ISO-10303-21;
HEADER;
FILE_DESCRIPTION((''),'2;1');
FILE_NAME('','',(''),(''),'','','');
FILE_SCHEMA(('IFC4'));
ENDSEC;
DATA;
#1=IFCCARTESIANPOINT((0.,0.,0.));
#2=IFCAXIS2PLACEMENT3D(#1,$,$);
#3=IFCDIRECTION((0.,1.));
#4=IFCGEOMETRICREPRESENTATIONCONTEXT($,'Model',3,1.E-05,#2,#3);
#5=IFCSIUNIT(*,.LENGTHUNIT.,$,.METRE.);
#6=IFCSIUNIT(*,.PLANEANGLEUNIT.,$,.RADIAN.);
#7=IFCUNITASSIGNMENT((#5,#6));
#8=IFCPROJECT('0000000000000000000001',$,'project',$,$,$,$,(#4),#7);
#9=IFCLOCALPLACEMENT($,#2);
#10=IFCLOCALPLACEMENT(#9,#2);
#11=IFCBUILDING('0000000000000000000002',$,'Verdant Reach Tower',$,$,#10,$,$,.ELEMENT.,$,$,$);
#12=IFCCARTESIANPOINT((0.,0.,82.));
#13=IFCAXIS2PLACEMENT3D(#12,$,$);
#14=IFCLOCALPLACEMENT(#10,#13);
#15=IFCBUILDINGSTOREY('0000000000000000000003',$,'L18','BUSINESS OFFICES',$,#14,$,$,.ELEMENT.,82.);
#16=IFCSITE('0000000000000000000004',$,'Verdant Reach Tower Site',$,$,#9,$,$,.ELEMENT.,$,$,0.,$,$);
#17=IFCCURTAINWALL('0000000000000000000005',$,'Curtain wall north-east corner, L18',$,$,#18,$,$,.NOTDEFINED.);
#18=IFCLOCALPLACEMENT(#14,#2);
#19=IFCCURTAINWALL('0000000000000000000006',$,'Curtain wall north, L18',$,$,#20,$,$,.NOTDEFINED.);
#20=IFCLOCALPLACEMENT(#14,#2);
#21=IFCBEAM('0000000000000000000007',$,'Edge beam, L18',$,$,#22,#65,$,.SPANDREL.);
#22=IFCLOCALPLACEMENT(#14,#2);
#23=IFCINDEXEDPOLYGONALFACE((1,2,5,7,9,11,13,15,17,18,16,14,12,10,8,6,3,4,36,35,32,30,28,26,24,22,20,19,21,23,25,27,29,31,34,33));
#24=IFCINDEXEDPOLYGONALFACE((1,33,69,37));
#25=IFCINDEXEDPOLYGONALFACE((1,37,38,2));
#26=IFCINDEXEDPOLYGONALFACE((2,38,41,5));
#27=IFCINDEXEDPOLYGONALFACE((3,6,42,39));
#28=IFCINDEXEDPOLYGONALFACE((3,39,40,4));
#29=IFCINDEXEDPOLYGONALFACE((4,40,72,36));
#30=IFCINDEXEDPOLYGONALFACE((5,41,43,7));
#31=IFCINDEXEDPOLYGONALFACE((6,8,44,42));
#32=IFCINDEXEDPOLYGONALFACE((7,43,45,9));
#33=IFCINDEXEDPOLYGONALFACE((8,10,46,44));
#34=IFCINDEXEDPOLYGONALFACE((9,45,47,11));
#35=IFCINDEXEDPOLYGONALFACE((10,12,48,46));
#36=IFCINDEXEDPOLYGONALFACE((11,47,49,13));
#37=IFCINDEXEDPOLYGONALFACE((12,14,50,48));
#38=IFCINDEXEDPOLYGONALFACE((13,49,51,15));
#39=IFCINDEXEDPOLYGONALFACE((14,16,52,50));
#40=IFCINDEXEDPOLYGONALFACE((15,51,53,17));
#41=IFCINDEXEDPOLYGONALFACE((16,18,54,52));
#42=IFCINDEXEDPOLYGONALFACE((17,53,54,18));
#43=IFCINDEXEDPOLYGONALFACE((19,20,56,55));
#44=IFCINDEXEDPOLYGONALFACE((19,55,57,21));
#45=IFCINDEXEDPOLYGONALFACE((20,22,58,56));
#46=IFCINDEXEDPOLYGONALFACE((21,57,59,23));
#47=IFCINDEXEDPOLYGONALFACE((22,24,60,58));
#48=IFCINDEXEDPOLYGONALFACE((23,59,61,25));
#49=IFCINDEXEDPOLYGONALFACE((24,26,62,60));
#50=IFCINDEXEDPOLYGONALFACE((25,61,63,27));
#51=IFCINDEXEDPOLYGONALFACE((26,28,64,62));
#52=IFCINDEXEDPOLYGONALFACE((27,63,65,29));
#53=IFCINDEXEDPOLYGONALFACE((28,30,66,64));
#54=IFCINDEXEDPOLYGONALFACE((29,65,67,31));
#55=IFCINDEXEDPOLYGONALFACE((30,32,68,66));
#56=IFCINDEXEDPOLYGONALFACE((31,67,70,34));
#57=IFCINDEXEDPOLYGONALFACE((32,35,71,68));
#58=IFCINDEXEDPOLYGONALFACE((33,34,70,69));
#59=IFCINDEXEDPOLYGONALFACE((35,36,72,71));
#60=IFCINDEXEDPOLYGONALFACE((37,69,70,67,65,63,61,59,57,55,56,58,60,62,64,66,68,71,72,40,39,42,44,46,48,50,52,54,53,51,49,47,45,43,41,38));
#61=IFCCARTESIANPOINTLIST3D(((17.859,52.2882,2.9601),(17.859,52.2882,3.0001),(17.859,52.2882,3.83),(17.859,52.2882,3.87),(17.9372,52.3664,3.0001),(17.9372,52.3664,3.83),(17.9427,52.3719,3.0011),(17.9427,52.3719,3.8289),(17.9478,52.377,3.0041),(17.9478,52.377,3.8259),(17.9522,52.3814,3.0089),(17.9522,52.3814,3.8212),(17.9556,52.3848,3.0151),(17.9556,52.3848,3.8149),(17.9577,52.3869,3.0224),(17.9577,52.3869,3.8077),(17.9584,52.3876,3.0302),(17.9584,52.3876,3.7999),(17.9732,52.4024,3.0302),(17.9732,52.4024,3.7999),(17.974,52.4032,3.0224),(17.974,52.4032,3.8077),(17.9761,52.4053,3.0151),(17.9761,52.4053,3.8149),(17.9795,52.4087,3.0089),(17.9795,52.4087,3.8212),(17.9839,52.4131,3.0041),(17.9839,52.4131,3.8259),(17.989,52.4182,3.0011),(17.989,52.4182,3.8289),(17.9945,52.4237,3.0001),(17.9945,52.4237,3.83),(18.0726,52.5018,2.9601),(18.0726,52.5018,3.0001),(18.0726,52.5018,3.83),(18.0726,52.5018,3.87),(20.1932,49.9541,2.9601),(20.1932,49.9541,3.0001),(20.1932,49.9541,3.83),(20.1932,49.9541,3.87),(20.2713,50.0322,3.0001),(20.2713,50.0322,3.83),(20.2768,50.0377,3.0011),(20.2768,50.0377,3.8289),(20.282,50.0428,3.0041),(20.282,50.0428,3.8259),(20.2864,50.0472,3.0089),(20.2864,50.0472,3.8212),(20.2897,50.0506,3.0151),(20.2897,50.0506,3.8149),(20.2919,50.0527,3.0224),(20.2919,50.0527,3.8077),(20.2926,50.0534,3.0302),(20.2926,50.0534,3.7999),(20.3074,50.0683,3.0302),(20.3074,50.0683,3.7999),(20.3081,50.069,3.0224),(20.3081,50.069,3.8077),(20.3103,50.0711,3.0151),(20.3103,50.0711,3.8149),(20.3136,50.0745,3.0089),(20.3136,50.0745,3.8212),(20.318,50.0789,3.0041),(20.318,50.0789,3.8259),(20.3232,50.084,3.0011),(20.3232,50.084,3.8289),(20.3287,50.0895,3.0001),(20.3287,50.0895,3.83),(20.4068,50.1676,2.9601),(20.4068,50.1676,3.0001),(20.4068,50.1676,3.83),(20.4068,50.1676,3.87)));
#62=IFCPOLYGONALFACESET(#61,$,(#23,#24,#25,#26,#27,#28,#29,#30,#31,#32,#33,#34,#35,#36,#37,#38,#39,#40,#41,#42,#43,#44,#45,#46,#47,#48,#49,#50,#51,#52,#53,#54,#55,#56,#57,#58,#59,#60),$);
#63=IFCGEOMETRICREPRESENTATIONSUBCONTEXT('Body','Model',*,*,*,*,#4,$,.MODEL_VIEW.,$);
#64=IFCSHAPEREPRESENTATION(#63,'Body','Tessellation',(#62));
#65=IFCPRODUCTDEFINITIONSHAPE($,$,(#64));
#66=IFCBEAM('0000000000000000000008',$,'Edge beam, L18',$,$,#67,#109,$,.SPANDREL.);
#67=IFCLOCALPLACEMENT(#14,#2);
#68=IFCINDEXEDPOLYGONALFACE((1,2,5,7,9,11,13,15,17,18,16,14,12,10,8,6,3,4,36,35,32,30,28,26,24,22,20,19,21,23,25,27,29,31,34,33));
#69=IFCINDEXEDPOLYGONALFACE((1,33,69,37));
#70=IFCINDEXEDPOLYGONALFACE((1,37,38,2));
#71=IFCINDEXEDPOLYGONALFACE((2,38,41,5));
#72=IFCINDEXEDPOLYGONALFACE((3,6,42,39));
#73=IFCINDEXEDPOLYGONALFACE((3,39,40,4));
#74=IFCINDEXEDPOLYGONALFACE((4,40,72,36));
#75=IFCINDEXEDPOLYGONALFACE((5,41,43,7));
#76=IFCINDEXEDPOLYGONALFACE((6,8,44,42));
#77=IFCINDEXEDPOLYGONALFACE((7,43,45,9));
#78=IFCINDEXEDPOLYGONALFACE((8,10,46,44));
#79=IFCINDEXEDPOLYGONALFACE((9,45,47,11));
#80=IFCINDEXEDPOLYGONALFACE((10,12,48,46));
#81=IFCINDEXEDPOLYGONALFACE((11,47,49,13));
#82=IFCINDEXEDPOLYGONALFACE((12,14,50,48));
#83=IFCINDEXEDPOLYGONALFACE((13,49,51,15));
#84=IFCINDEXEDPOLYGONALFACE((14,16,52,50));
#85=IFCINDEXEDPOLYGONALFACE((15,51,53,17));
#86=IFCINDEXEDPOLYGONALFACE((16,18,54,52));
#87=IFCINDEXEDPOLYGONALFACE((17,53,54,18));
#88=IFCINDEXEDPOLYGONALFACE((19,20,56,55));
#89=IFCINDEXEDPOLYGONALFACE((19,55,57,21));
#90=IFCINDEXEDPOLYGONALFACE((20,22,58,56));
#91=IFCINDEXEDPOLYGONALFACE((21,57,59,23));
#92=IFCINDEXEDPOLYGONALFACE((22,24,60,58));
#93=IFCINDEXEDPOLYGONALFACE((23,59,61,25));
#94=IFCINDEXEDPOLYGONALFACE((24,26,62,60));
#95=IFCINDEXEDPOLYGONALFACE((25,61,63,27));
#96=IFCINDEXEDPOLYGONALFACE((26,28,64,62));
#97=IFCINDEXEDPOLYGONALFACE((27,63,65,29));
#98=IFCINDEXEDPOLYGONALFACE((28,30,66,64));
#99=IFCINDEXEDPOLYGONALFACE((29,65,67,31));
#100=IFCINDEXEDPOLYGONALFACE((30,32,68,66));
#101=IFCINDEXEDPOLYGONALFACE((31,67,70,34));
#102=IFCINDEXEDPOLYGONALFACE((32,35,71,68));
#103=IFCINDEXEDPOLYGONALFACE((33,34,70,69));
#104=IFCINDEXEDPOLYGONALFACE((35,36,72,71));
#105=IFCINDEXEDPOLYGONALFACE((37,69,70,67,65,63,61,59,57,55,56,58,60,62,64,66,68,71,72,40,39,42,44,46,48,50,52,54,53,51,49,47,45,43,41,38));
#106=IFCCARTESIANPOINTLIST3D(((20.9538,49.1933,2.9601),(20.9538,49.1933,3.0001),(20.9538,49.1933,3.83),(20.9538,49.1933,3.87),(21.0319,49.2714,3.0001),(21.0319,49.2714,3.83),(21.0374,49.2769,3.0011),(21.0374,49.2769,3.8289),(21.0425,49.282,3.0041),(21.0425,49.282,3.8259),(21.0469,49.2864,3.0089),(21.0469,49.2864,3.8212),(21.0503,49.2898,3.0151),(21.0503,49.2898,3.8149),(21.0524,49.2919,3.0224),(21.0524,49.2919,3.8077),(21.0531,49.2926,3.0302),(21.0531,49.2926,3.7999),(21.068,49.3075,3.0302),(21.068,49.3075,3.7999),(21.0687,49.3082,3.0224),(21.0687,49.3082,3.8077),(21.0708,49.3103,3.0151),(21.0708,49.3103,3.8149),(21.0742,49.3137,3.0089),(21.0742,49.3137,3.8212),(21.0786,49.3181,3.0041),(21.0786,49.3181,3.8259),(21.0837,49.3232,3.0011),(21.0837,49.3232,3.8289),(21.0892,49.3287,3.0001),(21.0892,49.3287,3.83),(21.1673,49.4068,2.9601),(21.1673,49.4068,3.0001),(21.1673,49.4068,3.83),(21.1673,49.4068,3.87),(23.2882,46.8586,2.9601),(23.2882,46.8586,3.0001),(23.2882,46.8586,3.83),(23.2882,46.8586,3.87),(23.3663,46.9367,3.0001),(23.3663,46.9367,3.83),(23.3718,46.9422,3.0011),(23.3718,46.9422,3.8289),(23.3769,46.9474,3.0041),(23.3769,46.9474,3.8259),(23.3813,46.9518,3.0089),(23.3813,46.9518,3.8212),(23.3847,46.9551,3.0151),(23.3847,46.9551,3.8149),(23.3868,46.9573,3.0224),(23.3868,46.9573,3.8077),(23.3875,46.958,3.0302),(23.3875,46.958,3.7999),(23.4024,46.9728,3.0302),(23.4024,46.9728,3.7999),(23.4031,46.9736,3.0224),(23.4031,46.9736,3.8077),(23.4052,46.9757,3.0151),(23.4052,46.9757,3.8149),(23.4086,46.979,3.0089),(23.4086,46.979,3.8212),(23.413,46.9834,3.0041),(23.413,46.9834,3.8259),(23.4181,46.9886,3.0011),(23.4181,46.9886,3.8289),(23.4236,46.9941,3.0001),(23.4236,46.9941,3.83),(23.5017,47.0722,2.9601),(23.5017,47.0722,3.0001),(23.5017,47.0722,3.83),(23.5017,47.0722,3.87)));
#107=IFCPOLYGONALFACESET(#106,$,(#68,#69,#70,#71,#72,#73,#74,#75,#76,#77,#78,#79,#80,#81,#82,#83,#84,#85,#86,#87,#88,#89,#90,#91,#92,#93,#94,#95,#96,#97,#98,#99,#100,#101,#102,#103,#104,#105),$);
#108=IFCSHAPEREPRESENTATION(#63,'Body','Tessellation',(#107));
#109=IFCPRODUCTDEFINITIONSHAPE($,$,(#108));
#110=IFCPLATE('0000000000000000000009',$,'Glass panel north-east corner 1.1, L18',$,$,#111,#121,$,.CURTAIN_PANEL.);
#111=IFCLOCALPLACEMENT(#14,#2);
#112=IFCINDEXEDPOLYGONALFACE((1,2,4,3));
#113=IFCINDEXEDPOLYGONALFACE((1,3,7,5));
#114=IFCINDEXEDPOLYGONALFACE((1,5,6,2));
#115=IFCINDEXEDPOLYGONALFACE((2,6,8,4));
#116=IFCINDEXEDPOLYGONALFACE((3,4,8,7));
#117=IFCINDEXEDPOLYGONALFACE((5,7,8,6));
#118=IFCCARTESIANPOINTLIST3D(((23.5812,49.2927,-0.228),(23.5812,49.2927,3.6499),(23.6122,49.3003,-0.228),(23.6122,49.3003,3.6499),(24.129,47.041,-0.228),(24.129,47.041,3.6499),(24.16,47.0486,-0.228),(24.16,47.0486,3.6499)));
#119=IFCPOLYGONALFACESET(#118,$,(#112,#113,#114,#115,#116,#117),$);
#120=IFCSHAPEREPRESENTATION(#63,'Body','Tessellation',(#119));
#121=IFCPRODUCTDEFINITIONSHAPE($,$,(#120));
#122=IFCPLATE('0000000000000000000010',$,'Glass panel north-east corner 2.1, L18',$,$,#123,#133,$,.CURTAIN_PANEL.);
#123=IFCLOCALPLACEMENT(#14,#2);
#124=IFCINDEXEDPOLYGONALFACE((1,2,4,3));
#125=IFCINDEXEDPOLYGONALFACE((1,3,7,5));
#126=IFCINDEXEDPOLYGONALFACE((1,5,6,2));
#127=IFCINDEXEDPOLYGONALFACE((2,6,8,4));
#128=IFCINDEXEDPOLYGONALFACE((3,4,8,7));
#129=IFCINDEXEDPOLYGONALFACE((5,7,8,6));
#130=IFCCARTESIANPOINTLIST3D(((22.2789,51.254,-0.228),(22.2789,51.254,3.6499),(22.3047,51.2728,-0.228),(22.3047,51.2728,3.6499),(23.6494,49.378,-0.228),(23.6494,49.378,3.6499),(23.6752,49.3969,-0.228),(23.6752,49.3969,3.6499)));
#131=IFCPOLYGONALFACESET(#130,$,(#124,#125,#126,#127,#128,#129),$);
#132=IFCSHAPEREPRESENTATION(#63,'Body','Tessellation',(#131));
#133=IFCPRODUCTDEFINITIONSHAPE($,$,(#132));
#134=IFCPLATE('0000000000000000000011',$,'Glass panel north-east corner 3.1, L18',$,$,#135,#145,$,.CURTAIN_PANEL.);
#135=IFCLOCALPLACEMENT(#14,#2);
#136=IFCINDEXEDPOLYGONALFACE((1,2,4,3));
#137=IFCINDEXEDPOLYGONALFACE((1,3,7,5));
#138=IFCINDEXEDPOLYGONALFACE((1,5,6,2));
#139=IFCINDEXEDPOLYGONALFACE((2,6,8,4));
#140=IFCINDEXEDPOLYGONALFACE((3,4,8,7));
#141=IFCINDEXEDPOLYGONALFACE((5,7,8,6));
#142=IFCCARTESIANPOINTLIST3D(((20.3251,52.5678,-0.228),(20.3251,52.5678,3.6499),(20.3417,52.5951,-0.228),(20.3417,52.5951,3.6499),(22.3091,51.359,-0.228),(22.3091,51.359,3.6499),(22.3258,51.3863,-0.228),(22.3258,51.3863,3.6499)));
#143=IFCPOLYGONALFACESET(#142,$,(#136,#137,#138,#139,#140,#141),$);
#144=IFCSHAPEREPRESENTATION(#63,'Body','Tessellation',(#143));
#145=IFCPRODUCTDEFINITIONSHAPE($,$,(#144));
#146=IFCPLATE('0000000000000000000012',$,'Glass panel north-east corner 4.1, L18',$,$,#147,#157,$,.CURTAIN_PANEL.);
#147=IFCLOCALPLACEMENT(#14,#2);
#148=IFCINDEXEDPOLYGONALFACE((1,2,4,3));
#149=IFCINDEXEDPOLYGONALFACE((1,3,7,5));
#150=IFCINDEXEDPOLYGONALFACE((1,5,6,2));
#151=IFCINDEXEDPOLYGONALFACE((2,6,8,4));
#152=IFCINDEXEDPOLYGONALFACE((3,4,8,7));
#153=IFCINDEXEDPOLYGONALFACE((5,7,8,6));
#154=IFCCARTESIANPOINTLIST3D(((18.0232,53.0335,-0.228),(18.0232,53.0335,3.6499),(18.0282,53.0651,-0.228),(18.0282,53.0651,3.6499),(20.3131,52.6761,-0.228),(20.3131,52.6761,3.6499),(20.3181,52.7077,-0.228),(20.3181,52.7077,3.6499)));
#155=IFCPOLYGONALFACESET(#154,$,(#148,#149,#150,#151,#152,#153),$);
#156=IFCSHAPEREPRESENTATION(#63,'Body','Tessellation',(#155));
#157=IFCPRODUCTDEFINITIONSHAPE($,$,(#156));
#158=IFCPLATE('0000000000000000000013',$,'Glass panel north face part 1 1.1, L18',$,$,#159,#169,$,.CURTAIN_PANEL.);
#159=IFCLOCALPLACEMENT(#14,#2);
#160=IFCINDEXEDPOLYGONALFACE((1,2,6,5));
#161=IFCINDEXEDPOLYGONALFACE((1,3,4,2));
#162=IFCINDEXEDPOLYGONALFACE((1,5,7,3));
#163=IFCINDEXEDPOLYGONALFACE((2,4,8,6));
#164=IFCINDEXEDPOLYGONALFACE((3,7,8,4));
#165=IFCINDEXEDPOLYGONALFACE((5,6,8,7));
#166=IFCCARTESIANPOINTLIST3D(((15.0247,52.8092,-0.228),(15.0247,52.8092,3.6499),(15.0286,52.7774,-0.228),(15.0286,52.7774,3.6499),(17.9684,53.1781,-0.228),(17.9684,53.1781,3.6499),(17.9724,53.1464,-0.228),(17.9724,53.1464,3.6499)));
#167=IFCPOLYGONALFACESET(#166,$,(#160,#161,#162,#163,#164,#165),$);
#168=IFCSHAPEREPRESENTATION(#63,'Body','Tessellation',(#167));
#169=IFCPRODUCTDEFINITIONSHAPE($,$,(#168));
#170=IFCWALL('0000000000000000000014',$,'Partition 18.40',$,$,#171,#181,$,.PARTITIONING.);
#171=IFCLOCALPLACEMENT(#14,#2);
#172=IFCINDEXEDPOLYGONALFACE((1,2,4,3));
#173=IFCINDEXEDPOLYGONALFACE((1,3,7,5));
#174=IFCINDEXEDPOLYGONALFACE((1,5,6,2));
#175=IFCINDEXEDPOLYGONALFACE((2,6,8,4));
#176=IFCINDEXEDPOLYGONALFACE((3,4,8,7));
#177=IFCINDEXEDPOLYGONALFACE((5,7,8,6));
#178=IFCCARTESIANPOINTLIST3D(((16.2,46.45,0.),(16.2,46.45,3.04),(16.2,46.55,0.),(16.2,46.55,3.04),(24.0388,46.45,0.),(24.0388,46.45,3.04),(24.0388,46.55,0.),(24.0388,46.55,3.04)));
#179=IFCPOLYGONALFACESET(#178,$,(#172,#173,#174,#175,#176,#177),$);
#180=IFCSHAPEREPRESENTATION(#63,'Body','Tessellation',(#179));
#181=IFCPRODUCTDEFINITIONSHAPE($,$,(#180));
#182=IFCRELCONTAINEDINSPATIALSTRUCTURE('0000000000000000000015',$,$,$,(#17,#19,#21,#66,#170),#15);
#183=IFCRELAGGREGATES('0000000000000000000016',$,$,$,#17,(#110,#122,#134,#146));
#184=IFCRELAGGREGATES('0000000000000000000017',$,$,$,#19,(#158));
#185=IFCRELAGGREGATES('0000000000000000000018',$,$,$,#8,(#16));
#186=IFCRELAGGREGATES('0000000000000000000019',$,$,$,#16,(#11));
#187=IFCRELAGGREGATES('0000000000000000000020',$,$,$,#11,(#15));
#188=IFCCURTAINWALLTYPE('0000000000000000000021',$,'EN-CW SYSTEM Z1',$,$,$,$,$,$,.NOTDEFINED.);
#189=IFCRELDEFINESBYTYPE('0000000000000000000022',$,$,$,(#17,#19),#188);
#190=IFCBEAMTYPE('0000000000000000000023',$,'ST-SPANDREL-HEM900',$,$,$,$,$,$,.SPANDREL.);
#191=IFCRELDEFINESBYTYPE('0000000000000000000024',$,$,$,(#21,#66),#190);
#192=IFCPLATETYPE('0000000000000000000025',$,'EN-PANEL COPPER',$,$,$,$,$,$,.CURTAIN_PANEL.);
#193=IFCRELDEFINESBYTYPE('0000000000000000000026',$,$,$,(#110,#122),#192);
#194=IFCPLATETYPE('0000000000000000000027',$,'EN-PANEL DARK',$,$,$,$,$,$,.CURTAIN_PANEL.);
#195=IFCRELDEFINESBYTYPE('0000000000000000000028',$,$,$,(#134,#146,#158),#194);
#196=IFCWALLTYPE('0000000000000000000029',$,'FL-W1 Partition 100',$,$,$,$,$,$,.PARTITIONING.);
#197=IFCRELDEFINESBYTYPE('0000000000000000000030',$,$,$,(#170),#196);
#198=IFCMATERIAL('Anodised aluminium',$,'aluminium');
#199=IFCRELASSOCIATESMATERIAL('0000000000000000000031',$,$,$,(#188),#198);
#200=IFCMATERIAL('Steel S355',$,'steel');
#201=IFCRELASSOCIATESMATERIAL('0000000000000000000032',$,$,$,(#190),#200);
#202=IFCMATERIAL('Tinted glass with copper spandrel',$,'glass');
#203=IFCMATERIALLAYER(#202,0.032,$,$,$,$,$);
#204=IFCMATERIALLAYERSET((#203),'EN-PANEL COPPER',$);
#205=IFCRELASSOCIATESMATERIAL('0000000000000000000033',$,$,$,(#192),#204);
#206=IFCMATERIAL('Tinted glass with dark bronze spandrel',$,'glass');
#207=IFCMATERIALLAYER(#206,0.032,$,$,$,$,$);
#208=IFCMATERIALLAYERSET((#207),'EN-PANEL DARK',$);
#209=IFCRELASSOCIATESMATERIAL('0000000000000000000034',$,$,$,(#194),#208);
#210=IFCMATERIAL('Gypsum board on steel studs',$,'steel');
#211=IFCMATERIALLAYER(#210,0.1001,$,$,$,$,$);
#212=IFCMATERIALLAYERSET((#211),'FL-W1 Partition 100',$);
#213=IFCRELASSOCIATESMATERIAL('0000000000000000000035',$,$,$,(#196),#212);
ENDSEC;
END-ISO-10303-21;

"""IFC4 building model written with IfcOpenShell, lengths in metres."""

from ifc_helpers import new_model, si_unit, direction, frame, frame_2d, origin, origin_2d, place, context, subcontext, project, spatial, rectangle, i_section, extrude, material, layer, layer_set, material_profile, profile_set, type_object, element, aggregate, save


model = new_model("IFC4")

# Units and contexts
model_context = context("Model", 3, precision=1e-05, world=origin(), true_north=direction((0.0, 1.0)))
body_context = subcontext(model_context, "Body", "Model", "MODEL_VIEW")
ifc_project = project(units=[si_unit("LENGTHUNIT", "METRE"), si_unit("PLANEANGLEUNIT", "RADIAN")], contexts=[model_context])

# Site, building, storey
site_placement = place(None, origin())
site = spatial("IfcSite", under=ifc_project, at=site_placement, Name="Verdant Reach Tower Site", CompositionType="ELEMENT", RefElevation=0.0)
building_placement = place(site_placement, origin())
building = spatial("IfcBuilding", under=site, at=building_placement, Name="Verdant Reach Tower", CompositionType="ELEMENT")
storey_placement = place(building_placement, frame((0.0, 0.0, 82.0)))
storey = spatial("IfcBuildingStorey", under=building, at=storey_placement, Name="L18", Description="BUSINESS OFFICES", CompositionType="ELEMENT", Elevation=82.0)

# Curtain walls
ifc_material_1 = material(Name="Anodised aluminium", Category="aluminium")
curtain_wall_type = type_object("IfcCurtainWallType", Name="EN-CW SYSTEM Z1", PredefinedType="NOTDEFINED", material=ifc_material_1)
curtain_wall_1_placement = place(storey_placement, origin())
curtain_wall_1 = element("IfcCurtainWall", 1, at=curtain_wall_1_placement, inside=storey, type_object=curtain_wall_type, Name="Curtain wall north-east corner, L18", PredefinedType="NOTDEFINED")
curtain_wall_2_placement = place(storey_placement, origin())
curtain_wall_2 = element("IfcCurtainWall", 2, at=curtain_wall_2_placement, inside=storey, type_object=curtain_wall_type, Name="Curtain wall north, L18", PredefinedType="NOTDEFINED")

# Beams
ifc_material_2 = material(Name="Steel S355", Category="steel")
ifc_material_profile_1 = material_profile(ifc_material_2, i_section(OverallWidth=0.302, OverallDepth=0.9099, WebThickness=0.021, FlangeThickness=0.04, FilletRadius=0.03, at=origin_2d()), Name="HEM 900")
ifc_profile_set_1 = profile_set([ifc_material_profile_1], Name="Steel S355")
beam_type_1 = type_object("IfcBeamType", Name="ST-SPANDREL-HEM900", PredefinedType="SPANDREL", material=ifc_profile_set_1)
beam_1_placement = place(storey_placement, frame((17.9658, 52.395, 3.415), z_axis=(0.707107, -0.707107, 0.0), x_axis=(0.707107, 0.707107, 0.0)))
element("IfcBeam", 3, at=beam_1_placement, inside=storey, type_object=beam_type_1, Name="Edge beam, L18", PredefinedType="SPANDREL", context=body_context, shape_type="SweptSolid", body=[
    extrude(i_section(OverallWidth=0.302, OverallDepth=0.9099, WebThickness=0.021, FlangeThickness=0.04, FilletRadius=0.03, at=origin_2d()), origin(), (0.0, 0.0, 1.0), 3.301),
])
beam_2_placement = place(storey_placement, frame((21.0605, 49.3, 3.415), z_axis=(0.70707, -0.707144, 0.0), x_axis=(0.707144, 0.70707, 0.0)))
element("IfcBeam", 4, at=beam_2_placement, inside=storey, type_object=beam_type_1, Name="Edge beam, L18", PredefinedType="SPANDREL", context=body_context, shape_type="SweptSolid", body=[
    extrude(i_section(OverallWidth=0.302, OverallDepth=0.9099, WebThickness=0.021, FlangeThickness=0.04, FilletRadius=0.03, at=origin_2d()), origin(), (0.0, 0.0, 1.0), 3.3015),
])

# Plates
ifc_material_3 = material(Name="Tinted glass with copper spandrel", Category="glass")
ifc_layer_1 = layer(ifc_material_3, 0.032)
ifc_layer_set_1 = layer_set([ifc_layer_1], Name="EN-PANEL COPPER")
plate_type_1 = type_object("IfcPlateType", Name="EN-PANEL COPPER", PredefinedType="CURTAIN_PANEL", material=ifc_layer_set_1)
plate_1_placement = place(storey_placement, frame((23.8706, 48.1707, -0.228), z_axis=(0.0, 0.0, 1.0), x_axis=(-0.236383, 0.97166, 0.0)))
plate_1 = element("IfcPlate", 5, at=plate_1_placement, type_object=plate_type_1, Name="Glass panel north-east corner 1.1, L18", PredefinedType="CURTAIN_PANEL", context=body_context, shape_type="SweptSolid", body=[
    extrude(rectangle(XDim=2.3174, YDim=0.032, at=origin_2d()), origin(), (0.0, 0.0, 1.0), 3.8779),
])
plate_2_placement = place(storey_placement, frame((22.9771, 50.3254, -0.228), z_axis=(0.0, 0.0, 1.0), x_axis=(-0.589927, 0.807457, 0.0)))
plate_2 = element("IfcPlate", 6, at=plate_2_placement, type_object=plate_type_1, Name="Glass panel north-east corner 2.1, L18", PredefinedType="CURTAIN_PANEL", context=body_context, shape_type="SweptSolid", body=[
    extrude(rectangle(XDim=2.3232, YDim=0.032, at=origin_2d()), origin(), (0.0, 0.0, 1.0), 3.8779),
])
ifc_material_4 = material(Name="Tinted glass with dark bronze spandrel", Category="glass")
ifc_layer_2 = layer(ifc_material_4, 0.032)
ifc_layer_set_2 = layer_set([ifc_layer_2], Name="EN-PANEL DARK")
plate_type_2 = type_object("IfcPlateType", Name="EN-PANEL DARK", PredefinedType="CURTAIN_PANEL", material=ifc_layer_set_2)
plate_3_placement = place(storey_placement, frame((21.3254, 51.9771, -0.228), z_axis=(0.0, 0.0, 1.0), x_axis=(-0.853989, 0.520292, 0.0)))
plate_3 = element("IfcPlate", 7, at=plate_3_placement, type_object=plate_type_2, Name="Glass panel north-east corner 3.1, L18", PredefinedType="CURTAIN_PANEL", context=body_context, shape_type="SweptSolid", body=[
    extrude(rectangle(XDim=2.3232, YDim=0.032, at=origin_2d()), origin(), (0.0, 0.0, 1.0), 3.8779),
])
plate_4_placement = place(storey_placement, frame((19.1707, 52.8706, -0.228), z_axis=(0.0, 0.0, 1.0), x_axis=(-0.988033, 0.154245, 0.0)))
plate_4 = element("IfcPlate", 8, at=plate_4_placement, type_object=plate_type_2, Name="Glass panel north-east corner 4.1, L18", PredefinedType="CURTAIN_PANEL", context=body_context, shape_type="SweptSolid", body=[
    extrude(rectangle(XDim=2.3176, YDim=0.032, at=origin_2d()), origin(), (0.0, 0.0, 1.0), 3.8779),
])
aggregate(curtain_wall_1, [plate_1, plate_2, plate_3, plate_4])
plate_5_placement = place(storey_placement, frame((16.4985, 52.9778, -0.228), z_axis=(0.0, 0.0, 1.0), x_axis=(-0.992235, -0.124374, 0.0)))
plate_5 = element("IfcPlate", 9, at=plate_5_placement, type_object=plate_type_2, Name="Glass panel north face part 1 1.1, L18", PredefinedType="CURTAIN_PANEL", context=body_context, shape_type="SweptSolid", body=[
    extrude(rectangle(XDim=2.9668, YDim=0.032, at=origin_2d()), origin(), (0.0, 0.0, 1.0), 3.8779),
])
aggregate(curtain_wall_2, [plate_5])

# Wall
ifc_material_5 = material(Name="Gypsum board on steel studs", Category="steel")
ifc_layer_3 = layer(ifc_material_5, 0.1001)
ifc_layer_set_3 = layer_set([ifc_layer_3], Name="FL-W1 Partition 100")
wall_type_1 = type_object("IfcWallType", Name="FL-W1 Partition 100", PredefinedType="PARTITIONING", material=ifc_layer_set_3)
wall_1_placement = place(storey_placement, frame((24.0388, 46.5, 0.0), z_axis=(0.0, 0.0, 1.0), x_axis=(-1.0, 0.0, 0.0)))
element("IfcWall", 10, at=wall_1_placement, inside=storey, type_object=wall_type_1, Name="Partition 18.40", PredefinedType="PARTITIONING", context=body_context, shape_type="SweptSolid", body=[
    extrude(rectangle(XDim=7.8389, YDim=0.1001, at=frame_2d((3.9194, 0.0))), origin(), (0.0, 0.0, 1.0), 3.04),
])

save(model, "model.ifc")
